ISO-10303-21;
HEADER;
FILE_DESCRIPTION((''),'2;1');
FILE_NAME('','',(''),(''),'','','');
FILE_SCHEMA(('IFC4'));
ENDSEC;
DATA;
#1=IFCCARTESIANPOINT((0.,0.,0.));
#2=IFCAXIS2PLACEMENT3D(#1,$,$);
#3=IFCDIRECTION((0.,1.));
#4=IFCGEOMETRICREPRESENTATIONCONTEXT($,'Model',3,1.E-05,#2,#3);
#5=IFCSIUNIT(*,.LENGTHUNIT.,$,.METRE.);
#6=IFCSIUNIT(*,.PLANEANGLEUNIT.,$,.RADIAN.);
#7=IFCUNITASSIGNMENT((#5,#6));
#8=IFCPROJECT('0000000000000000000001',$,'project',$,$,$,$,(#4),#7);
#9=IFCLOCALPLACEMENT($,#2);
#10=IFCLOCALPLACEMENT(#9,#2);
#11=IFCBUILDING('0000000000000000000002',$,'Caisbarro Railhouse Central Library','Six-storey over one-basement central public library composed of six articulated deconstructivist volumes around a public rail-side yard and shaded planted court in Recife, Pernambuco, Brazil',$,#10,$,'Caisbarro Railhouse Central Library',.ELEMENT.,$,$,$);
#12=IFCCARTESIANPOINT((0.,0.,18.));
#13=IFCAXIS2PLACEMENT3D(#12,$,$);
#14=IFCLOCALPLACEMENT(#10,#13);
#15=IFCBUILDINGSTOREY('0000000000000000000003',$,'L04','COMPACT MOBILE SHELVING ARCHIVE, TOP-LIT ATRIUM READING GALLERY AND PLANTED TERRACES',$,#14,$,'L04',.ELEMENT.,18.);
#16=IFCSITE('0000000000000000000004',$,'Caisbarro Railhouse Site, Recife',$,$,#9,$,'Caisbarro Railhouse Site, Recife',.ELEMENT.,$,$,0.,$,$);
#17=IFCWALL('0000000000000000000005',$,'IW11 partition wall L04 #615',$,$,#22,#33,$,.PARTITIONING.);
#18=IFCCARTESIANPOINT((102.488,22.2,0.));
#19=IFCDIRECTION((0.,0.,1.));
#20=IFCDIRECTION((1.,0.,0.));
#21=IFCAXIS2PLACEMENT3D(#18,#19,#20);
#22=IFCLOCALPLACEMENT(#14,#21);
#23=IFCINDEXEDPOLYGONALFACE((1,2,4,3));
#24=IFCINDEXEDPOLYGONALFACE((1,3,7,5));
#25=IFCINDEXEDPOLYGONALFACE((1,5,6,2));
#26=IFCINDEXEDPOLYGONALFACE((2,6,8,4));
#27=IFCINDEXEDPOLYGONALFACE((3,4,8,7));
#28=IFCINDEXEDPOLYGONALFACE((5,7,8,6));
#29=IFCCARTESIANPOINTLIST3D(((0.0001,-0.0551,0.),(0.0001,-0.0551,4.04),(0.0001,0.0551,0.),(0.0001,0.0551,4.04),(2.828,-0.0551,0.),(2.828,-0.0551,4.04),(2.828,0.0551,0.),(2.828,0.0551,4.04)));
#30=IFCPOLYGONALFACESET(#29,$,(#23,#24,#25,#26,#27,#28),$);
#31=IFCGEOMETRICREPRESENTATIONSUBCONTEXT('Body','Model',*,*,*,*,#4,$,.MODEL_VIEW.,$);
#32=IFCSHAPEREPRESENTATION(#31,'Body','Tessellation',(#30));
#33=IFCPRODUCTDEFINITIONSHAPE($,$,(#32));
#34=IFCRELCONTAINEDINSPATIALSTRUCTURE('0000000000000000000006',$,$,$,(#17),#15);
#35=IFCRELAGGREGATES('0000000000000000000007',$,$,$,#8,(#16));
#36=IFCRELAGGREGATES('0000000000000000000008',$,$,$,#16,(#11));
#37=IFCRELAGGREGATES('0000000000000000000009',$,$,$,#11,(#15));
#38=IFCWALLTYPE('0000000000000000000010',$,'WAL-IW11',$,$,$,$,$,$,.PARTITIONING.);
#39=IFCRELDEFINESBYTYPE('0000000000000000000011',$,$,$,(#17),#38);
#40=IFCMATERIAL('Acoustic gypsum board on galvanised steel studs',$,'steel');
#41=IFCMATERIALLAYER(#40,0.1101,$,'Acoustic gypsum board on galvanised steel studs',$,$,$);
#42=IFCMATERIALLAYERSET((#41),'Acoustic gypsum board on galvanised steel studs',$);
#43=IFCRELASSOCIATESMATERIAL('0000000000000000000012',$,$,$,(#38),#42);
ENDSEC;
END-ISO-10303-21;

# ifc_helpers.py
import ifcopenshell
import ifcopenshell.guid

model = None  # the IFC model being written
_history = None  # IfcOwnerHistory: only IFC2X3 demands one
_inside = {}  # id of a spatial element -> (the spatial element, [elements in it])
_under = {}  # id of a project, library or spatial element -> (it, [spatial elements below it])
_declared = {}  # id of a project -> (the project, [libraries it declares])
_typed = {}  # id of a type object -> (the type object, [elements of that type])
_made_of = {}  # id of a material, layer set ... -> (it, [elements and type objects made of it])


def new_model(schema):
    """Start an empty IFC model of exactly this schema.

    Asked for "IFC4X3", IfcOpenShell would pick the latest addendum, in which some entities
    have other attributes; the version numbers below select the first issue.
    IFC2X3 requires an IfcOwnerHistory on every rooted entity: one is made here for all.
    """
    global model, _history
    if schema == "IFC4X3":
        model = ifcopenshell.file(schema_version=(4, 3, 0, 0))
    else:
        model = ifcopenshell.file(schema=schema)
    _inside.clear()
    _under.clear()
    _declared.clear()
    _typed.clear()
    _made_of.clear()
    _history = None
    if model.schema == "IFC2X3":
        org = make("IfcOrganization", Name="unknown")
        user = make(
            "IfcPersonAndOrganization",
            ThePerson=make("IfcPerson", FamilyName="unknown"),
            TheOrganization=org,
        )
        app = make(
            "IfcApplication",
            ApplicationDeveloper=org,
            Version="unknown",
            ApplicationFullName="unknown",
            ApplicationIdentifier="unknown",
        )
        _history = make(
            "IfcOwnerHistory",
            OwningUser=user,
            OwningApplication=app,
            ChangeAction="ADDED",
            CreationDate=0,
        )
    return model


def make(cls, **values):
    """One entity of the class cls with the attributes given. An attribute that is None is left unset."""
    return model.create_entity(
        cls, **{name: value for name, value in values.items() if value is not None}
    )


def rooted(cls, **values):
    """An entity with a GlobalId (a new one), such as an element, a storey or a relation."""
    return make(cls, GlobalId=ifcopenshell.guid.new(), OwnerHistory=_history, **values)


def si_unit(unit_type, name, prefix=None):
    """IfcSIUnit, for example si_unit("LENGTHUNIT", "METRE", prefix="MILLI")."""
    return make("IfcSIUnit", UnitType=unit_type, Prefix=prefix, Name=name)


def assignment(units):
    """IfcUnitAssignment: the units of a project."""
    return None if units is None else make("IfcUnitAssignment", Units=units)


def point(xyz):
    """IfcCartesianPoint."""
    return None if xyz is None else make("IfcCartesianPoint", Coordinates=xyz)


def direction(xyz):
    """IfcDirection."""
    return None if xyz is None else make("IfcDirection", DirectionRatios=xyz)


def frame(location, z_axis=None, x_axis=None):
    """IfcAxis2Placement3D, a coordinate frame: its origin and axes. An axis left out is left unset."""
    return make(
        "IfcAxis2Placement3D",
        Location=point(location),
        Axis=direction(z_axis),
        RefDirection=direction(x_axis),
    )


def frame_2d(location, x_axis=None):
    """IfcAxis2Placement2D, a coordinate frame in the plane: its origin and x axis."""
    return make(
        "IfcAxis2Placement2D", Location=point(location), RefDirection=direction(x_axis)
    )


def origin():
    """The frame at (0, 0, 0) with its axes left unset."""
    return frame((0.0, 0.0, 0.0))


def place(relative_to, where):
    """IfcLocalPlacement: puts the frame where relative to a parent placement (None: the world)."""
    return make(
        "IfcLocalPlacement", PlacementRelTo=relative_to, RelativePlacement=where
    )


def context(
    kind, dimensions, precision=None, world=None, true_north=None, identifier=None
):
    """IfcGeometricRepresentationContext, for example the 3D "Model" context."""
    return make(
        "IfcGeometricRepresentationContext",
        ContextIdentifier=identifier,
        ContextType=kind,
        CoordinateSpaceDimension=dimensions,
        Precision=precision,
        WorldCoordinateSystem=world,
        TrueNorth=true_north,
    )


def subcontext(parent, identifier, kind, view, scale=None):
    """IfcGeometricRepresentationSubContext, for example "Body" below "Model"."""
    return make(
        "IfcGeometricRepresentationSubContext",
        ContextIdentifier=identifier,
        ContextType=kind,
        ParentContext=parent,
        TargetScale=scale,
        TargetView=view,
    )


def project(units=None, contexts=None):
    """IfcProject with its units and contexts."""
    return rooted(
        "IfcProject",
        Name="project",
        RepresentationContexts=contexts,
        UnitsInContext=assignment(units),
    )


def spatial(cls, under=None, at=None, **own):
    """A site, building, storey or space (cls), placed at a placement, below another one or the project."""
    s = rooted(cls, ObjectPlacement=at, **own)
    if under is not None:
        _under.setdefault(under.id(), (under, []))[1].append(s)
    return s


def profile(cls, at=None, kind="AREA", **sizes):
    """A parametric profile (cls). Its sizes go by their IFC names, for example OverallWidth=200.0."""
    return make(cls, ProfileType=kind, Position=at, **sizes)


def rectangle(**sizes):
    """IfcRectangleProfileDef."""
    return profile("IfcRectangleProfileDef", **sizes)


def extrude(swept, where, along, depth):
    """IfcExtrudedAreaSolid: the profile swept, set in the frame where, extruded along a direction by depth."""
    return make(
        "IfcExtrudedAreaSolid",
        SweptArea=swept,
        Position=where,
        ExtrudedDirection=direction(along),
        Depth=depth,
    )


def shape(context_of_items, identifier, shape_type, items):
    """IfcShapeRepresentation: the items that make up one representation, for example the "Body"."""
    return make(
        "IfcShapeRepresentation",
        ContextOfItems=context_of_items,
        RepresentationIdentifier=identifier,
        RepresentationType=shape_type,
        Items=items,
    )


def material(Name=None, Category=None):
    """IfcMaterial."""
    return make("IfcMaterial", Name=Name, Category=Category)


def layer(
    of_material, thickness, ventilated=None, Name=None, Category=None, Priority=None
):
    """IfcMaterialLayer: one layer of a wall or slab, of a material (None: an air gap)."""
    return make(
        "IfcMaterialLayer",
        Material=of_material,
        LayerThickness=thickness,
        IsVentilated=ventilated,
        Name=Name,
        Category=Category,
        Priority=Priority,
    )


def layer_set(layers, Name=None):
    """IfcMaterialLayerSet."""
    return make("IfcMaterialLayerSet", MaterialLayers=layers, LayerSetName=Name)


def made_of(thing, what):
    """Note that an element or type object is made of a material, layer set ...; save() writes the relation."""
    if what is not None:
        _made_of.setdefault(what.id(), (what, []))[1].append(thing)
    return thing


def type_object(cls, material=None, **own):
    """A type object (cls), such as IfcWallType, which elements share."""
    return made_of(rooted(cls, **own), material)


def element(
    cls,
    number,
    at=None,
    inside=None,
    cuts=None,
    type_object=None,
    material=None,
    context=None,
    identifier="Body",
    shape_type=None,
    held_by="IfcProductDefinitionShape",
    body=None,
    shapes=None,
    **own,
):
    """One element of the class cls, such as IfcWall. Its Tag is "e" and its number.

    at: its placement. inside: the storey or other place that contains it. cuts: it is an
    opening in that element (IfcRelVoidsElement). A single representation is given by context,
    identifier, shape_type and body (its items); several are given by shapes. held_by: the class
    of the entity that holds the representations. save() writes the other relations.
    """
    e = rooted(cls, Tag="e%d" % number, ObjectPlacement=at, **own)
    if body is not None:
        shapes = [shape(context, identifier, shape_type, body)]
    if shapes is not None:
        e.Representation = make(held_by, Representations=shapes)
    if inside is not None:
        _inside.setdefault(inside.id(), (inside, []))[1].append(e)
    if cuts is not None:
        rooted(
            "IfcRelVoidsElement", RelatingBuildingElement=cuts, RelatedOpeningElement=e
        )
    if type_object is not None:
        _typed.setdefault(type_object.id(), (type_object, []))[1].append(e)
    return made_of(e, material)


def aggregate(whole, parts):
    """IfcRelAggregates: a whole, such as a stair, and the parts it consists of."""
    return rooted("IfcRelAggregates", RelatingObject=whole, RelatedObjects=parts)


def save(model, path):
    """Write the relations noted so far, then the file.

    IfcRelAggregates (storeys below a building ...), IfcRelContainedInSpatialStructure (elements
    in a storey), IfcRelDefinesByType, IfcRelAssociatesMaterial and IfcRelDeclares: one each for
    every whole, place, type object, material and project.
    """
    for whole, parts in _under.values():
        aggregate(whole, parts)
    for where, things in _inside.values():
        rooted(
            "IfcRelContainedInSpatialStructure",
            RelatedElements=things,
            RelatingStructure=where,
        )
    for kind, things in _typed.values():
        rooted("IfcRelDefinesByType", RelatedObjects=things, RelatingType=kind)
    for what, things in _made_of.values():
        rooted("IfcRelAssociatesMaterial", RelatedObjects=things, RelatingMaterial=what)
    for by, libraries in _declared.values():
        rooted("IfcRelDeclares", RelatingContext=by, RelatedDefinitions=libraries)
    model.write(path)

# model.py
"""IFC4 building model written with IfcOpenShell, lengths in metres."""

from ifc_helpers import new_model, si_unit, direction, frame, frame_2d, origin, place, context, subcontext, project, spatial, rectangle, extrude, material, layer, layer_set, type_object, element, save


model = new_model("IFC4")

# Units and contexts
model_context = context("Model", 3, precision=1e-05, world=origin(), true_north=direction((0.0, 1.0)))
body_context = subcontext(model_context, "Body", "Model", "MODEL_VIEW")
ifc_project = project(units=[si_unit("LENGTHUNIT", "METRE"), si_unit("PLANEANGLEUNIT", "RADIAN")], contexts=[model_context])

# Site, building, storey
site_placement = place(None, origin())
site = spatial("IfcSite", under=ifc_project, at=site_placement, Name="Caisbarro Railhouse Site, Recife", LongName="Caisbarro Railhouse Site, Recife", CompositionType="ELEMENT", RefElevation=0.0)
building_placement = place(site_placement, origin())
building = spatial("IfcBuilding", under=site, at=building_placement, Name="Caisbarro Railhouse Central Library", Description="Six-storey over one-basement central public library composed of six articulated deconstructivist volumes around a public rail-side yard and shaded planted court in Recife, Pernambuco, Brazil", LongName="Caisbarro Railhouse Central Library", CompositionType="ELEMENT")
storey_placement = place(building_placement, frame((0.0, 0.0, 18.0)))
storey = spatial("IfcBuildingStorey", under=building, at=storey_placement, Name="L04", Description="COMPACT MOBILE SHELVING ARCHIVE, TOP-LIT ATRIUM READING GALLERY AND PLANTED TERRACES", LongName="L04", CompositionType="ELEMENT", Elevation=18.0)

# Shared definitions
ifc_material_1 = material(Name="Acoustic gypsum board on galvanised steel studs", Category="steel")

# Wall
ifc_layer_1 = layer(ifc_material_1, 0.1101, Name="Acoustic gypsum board on galvanised steel studs")
ifc_layer_set_1 = layer_set([ifc_layer_1], Name="Acoustic gypsum board on galvanised steel studs")
wall_type_1 = type_object("IfcWallType", Name="WAL-IW11", PredefinedType="PARTITIONING", material=ifc_layer_set_1)
wall_1_placement = place(storey_placement, frame((102.488, 22.2, 0.0), z_axis=(0.0, 0.0, 1.0), x_axis=(1.0, 0.0, 0.0)))
element("IfcWall", 1, at=wall_1_placement, inside=storey, type_object=wall_type_1, Name="IW11 partition wall L04 #615", PredefinedType="PARTITIONING", context=body_context, shape_type="SweptSolid", body=[
    extrude(rectangle(XDim=2.8279, YDim=0.1101, at=frame_2d((1.4141, 0.0))), origin(), (0.0, 0.0, 1.0), 4.04),
])

save(model, "model.ifc")
